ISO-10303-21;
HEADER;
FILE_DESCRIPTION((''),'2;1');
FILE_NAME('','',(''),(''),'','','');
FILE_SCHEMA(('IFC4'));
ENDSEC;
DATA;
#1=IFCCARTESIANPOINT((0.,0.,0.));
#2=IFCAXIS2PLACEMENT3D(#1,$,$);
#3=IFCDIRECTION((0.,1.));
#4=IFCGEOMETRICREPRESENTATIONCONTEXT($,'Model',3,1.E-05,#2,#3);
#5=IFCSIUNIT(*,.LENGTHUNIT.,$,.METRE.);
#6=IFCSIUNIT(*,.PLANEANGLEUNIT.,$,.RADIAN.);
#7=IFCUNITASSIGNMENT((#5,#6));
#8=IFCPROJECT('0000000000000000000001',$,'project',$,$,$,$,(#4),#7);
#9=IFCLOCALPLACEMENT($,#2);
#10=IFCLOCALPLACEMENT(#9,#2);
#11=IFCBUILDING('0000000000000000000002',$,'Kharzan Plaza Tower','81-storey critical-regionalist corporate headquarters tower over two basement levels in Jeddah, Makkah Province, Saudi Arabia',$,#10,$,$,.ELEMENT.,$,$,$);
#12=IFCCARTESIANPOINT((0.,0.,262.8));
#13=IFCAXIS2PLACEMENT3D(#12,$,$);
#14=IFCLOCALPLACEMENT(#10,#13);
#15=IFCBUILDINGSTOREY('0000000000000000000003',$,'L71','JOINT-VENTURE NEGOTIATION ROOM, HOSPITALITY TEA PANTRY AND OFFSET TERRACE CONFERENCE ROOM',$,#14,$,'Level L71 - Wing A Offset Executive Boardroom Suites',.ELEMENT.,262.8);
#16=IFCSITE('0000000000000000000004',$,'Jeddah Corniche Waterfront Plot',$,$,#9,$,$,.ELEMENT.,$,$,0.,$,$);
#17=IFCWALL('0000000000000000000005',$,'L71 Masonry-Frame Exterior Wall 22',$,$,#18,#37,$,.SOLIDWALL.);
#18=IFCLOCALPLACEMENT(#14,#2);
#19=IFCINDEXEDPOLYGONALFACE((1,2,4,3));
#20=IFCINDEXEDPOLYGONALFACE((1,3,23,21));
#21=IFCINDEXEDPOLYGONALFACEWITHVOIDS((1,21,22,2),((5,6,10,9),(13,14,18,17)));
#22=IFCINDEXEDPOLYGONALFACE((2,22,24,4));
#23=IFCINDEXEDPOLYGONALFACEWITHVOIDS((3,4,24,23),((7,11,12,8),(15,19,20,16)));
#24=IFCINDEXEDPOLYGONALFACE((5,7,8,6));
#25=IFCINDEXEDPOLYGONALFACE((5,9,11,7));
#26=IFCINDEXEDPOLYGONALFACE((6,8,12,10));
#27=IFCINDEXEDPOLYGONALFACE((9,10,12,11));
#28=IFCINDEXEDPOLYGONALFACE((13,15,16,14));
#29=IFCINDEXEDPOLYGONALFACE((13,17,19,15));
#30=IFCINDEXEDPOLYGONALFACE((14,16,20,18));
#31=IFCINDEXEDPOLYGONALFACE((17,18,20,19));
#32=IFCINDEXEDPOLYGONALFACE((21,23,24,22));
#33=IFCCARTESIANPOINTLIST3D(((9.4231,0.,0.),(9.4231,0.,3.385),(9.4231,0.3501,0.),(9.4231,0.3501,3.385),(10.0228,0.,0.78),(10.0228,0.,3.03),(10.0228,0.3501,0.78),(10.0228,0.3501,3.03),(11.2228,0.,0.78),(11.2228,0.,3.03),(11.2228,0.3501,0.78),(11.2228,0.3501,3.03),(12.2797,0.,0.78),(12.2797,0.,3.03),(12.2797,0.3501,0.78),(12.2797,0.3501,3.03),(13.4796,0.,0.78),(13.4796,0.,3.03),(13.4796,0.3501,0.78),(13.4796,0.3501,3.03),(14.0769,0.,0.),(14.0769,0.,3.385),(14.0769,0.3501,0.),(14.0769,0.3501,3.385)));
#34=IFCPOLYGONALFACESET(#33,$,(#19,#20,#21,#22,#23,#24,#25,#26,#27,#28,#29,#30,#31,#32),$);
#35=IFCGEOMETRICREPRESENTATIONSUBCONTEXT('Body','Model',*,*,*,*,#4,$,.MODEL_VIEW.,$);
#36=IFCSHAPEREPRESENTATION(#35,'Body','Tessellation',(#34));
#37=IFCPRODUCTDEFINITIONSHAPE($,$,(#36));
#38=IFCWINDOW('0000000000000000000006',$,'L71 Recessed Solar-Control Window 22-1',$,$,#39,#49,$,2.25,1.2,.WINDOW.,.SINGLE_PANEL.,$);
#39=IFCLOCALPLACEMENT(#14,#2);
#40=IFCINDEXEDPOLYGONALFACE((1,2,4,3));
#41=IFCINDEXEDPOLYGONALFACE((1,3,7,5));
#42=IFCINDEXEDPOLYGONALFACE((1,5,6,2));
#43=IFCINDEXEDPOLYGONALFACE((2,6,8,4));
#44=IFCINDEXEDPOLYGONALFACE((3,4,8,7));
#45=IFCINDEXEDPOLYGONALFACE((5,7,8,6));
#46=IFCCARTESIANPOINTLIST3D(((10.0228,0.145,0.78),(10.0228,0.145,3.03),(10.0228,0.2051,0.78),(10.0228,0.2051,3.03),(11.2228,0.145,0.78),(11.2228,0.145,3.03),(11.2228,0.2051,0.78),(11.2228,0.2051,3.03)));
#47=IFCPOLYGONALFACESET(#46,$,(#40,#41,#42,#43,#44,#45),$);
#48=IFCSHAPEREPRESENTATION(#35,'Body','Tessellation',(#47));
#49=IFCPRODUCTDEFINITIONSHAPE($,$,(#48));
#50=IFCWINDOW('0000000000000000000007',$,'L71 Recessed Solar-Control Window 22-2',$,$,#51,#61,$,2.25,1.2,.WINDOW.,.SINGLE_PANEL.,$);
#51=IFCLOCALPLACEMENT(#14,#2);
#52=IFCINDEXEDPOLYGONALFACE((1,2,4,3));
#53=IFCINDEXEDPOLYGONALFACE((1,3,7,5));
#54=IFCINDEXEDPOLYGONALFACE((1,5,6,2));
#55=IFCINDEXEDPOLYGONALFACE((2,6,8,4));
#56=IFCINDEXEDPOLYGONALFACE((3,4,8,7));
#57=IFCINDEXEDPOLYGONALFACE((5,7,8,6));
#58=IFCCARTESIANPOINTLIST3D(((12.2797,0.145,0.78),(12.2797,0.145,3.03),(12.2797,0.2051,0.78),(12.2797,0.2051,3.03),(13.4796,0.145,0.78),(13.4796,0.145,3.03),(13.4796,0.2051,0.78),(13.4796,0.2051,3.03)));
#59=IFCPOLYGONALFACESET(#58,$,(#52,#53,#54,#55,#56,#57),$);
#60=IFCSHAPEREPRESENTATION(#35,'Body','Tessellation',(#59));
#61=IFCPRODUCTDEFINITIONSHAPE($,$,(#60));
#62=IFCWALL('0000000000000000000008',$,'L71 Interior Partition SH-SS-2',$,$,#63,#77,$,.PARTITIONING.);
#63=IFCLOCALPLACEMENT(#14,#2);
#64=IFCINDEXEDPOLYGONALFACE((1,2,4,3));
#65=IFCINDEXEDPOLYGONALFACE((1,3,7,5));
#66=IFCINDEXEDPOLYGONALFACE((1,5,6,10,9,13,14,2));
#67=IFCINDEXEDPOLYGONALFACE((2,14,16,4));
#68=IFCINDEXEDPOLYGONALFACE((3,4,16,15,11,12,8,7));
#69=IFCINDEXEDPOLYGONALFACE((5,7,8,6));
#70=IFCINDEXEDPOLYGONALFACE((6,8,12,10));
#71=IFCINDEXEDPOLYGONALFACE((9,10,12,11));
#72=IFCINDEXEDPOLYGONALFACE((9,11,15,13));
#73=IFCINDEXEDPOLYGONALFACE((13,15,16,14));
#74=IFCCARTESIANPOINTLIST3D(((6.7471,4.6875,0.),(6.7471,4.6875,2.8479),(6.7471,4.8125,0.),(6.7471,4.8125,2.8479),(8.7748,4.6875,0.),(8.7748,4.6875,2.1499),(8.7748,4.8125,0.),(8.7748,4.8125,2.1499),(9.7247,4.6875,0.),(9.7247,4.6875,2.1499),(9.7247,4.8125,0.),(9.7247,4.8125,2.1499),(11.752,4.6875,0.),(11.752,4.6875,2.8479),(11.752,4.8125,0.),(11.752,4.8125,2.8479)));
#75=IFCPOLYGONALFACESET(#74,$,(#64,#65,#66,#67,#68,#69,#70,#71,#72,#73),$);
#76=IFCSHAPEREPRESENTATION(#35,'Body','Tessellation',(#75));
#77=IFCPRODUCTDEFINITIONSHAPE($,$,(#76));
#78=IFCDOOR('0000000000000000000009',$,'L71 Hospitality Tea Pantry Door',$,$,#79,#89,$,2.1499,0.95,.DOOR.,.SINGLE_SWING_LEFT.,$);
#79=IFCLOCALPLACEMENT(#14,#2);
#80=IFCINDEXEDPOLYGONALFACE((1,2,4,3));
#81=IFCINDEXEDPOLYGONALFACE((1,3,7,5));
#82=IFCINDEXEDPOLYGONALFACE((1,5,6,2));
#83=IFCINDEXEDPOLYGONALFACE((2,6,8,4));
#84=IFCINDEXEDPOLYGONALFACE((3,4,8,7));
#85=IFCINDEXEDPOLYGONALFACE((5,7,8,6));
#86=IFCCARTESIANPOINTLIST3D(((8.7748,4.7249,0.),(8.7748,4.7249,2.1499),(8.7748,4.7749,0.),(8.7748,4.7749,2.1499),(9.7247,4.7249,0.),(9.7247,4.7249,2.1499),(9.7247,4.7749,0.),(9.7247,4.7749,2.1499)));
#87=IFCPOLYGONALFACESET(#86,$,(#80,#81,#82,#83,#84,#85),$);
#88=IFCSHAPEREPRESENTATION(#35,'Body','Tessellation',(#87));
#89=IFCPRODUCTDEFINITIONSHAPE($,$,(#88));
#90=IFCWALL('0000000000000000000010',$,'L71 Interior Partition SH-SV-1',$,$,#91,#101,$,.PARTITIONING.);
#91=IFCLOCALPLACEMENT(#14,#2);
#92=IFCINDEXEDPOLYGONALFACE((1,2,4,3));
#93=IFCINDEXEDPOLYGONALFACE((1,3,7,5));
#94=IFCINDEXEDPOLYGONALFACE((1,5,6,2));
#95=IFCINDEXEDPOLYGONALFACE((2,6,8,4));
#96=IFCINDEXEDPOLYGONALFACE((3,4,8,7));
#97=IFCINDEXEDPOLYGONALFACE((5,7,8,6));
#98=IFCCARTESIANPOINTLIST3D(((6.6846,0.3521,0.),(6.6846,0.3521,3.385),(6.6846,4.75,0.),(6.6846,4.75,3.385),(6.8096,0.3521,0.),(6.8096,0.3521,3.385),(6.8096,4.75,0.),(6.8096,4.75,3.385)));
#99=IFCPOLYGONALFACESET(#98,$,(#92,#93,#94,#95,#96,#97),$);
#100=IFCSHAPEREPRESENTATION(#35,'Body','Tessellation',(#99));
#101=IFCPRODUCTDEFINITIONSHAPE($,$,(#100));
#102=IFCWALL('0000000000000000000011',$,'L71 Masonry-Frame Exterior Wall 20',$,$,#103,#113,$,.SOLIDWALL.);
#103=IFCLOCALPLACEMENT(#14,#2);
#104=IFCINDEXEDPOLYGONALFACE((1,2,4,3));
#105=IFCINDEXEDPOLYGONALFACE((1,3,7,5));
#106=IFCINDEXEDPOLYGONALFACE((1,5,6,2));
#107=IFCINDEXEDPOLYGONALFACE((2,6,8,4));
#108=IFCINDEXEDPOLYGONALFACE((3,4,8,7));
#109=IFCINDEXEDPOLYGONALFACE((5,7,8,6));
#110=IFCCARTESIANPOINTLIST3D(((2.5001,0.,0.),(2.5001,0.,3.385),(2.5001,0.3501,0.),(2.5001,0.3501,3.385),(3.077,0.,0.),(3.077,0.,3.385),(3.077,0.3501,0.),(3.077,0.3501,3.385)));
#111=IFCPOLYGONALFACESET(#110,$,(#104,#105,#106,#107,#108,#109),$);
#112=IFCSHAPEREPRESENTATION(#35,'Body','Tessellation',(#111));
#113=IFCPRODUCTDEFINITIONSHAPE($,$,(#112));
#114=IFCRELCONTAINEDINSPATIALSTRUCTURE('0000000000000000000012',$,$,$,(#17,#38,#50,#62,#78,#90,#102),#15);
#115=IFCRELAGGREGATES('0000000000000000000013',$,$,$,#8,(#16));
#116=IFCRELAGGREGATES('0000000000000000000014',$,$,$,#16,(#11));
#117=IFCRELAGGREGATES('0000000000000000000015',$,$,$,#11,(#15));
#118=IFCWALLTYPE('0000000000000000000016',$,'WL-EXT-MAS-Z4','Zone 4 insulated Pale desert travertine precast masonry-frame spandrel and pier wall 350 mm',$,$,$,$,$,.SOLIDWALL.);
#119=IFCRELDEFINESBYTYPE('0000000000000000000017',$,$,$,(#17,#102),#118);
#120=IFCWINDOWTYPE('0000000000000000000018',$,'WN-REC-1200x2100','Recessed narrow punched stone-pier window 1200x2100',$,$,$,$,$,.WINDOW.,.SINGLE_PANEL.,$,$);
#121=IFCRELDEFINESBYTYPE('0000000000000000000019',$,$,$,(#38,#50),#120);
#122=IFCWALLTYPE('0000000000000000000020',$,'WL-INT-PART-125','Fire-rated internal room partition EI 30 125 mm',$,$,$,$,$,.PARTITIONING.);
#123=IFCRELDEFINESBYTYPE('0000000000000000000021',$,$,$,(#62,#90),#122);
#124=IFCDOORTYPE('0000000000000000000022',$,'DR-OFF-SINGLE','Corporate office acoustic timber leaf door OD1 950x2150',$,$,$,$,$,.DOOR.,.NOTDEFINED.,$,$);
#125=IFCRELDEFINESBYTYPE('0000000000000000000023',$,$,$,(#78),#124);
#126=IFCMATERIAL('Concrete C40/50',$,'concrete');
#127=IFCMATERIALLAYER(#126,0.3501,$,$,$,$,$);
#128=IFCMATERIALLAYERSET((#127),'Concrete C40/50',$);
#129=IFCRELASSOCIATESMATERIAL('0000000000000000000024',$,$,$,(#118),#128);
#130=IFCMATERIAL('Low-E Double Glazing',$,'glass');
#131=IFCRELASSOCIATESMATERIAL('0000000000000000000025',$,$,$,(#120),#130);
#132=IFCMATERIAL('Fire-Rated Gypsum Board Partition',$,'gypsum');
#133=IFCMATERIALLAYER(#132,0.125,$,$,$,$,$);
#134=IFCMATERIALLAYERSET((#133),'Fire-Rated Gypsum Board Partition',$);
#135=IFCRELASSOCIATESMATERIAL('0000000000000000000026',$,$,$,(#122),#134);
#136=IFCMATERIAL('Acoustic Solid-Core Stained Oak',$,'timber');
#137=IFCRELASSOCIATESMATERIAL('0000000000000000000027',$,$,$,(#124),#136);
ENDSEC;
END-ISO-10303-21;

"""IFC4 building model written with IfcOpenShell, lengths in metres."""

from ifc_helpers import new_model, si_unit, direction, frame, frame_2d, origin, place, context, subcontext, project, spatial, rectangle, extrude, source, transform, mapped, material, layer, layer_set, type_object, element, fill, save


model = new_model("IFC4")

# Units and contexts
model_context = context("Model", 3, precision=1e-05, world=origin(), true_north=direction((0.0, 1.0)))
body_context = subcontext(model_context, "Body", "Model", "MODEL_VIEW")
ifc_project = project(units=[si_unit("LENGTHUNIT", "METRE"), si_unit("PLANEANGLEUNIT", "RADIAN")], contexts=[model_context])

# Site, building, storey
site_placement = place(None, origin())
site = spatial("IfcSite", under=ifc_project, at=site_placement, Name="Jeddah Corniche Waterfront Plot", CompositionType="ELEMENT", RefElevation=0.0)
building_placement = place(site_placement, origin())
building = spatial("IfcBuilding", under=site, at=building_placement, Name="Kharzan Plaza Tower", Description="81-storey critical-regionalist corporate headquarters tower over two basement levels in Jeddah, Makkah Province, Saudi Arabia", CompositionType="ELEMENT")
storey_placement = place(building_placement, frame((0.0, 0.0, 262.8)))
storey = spatial("IfcBuildingStorey", under=building, at=storey_placement, Name="L71", Description="JOINT-VENTURE NEGOTIATION ROOM, HOSPITALITY TEA PANTRY AND OFFSET TERRACE CONFERENCE ROOM", LongName="Level L71 - Wing A Offset Executive Boardroom Suites", CompositionType="ELEMENT", Elevation=262.8)

# Shared definitions
ifc_material_1 = material(Name="Concrete C40/50", Category="concrete")
ifc_layer_1 = layer(ifc_material_1, 0.3501)
ifc_layer_set_1 = layer_set([ifc_layer_1], Name="Concrete C40/50")
wall_type_1 = type_object("IfcWallType", Name="WL-EXT-MAS-Z4", Description="Zone 4 insulated Pale desert travertine precast masonry-frame spandrel and pier wall 350 mm", PredefinedType="SOLIDWALL", material=ifc_layer_set_1)
ifc_material_2 = material(Name="Low-E Double Glazing", Category="glass")
window_type = type_object("IfcWindowType", Name="WN-REC-1200x2100", Description="Recessed narrow punched stone-pier window 1200x2100", PartitioningType="SINGLE_PANEL", PredefinedType="WINDOW", material=ifc_material_2)
shared_shape_1 = source(origin(), body_context, "Body", "SweptSolid", [
    extrude(rectangle(XDim=1.2, YDim=2.25, at=frame_2d((0.6001, 1.125))), frame((0.0, 0.03, 0.0), z_axis=(0.0, -1.0, 0.0), x_axis=(1.0, 0.0, 0.0)), (0.0, 0.0, 1.0), 0.0601),
])

# Wall, openings, windows
wall_1_placement = place(storey_placement, frame((9.4231, 0.175, 0.0), z_axis=(0.0, 0.0, 1.0), x_axis=(1.0, 0.0, 0.0)))
wall_1 = element("IfcWall", 1, at=wall_1_placement, inside=storey, type_object=wall_type_1, Name="L71 Masonry-Frame Exterior Wall 22", PredefinedType="SOLIDWALL", context=body_context, shape_type="SweptSolid", body=[
    extrude(rectangle(XDim=4.6538, YDim=0.3501, at=frame_2d((2.3269, 0.0))), origin(), (0.0, 0.0, 1.0), 3.385),
])
opening_1_placement = place(wall_1_placement, frame((0.5996, 0.0, 0.78)))
opening_1 = element("IfcOpeningElement", 2, at=opening_1_placement, cuts=wall_1, PredefinedType="OPENING", context=body_context, shape_type="SweptSolid", body=[
    extrude(rectangle(XDim=1.2, YDim=2.25, at=frame_2d((0.6001, 1.125))), frame((0.0, 0.1851, 0.0), z_axis=(0.0, -1.0, 0.0), x_axis=(1.0, 0.0, 0.0)), (0.0, 0.0, 1.0), 0.3701),
])
opening_2_placement = place(wall_1_placement, frame((2.8564, 0.0, 0.78)))
opening_2 = element("IfcOpeningElement", 3, at=opening_2_placement, cuts=wall_1, PredefinedType="OPENING", context=body_context, shape_type="SweptSolid", body=[
    extrude(rectangle(XDim=1.2, YDim=2.25, at=frame_2d((0.6001, 1.125))), frame((0.0, 0.1851, 0.0), z_axis=(0.0, -1.0, 0.0), x_axis=(1.0, 0.0, 0.0)), (0.0, 0.0, 1.0), 0.3701),
])
window_1_placement = place(opening_1_placement, origin())
window_1 = element("IfcWindow", 4, at=window_1_placement, inside=storey, type_object=window_type, Name="L71 Recessed Solar-Control Window 22-1", OverallHeight=2.25, OverallWidth=1.2, PartitioningType="SINGLE_PANEL", PredefinedType="WINDOW", context=body_context, shape_type="MappedRepresentation", body=[
    mapped(shared_shape_1, transform((0.0, 0.0, 0.0), x_axis=(1.0, 0.0, 0.0), y_axis=(0.0, 1.0, 0.0), z_axis=(0.0, 0.0, 1.0))),
])
fill(opening_1, window_1)
window_2_placement = place(opening_2_placement, origin())
window_2 = element("IfcWindow", 5, at=window_2_placement, inside=storey, type_object=window_type, Name="L71 Recessed Solar-Control Window 22-2", OverallHeight=2.25, OverallWidth=1.2, PartitioningType="SINGLE_PANEL", PredefinedType="WINDOW", context=body_context, shape_type="MappedRepresentation", body=[
    mapped(shared_shape_1, transform((0.0, 0.0, 0.0), x_axis=(1.0, 0.0, 0.0), y_axis=(0.0, 1.0, 0.0), z_axis=(0.0, 0.0, 1.0))),
])
fill(opening_2, window_2)

# Wall, opening, door
ifc_material_3 = material(Name="Fire-Rated Gypsum Board Partition", Category="gypsum")
ifc_layer_2 = layer(ifc_material_3, 0.125)
ifc_layer_set_2 = layer_set([ifc_layer_2], Name="Fire-Rated Gypsum Board Partition")
wall_type_2 = type_object("IfcWallType", Name="WL-INT-PART-125", Description="Fire-rated internal room partition EI 30 125 mm", PredefinedType="PARTITIONING", material=ifc_layer_set_2)
ifc_material_4 = material(Name="Acoustic Solid-Core Stained Oak", Category="timber")
door_type = type_object("IfcDoorType", Name="DR-OFF-SINGLE", Description="Corporate office acoustic timber leaf door OD1 950x2150", OperationType="NOTDEFINED", PredefinedType="DOOR", material=ifc_material_4)
shared_shape_2 = source(origin(), body_context, "Body", "SweptSolid", [
    extrude(rectangle(XDim=0.95, YDim=2.1499, at=frame_2d((0.4751, 1.075))), frame((0.0, 0.0249, 0.0), z_axis=(0.0, -1.0, 0.0), x_axis=(1.0, 0.0, 0.0)), (0.0, 0.0, 1.0), 0.05),
])
wall_2_placement = place(storey_placement, frame((6.7471, 4.75, 0.0), z_axis=(0.0, 0.0, 1.0), x_axis=(1.0, 0.0, 0.0)))
wall_2 = element("IfcWall", 6, at=wall_2_placement, inside=storey, type_object=wall_type_2, Name="L71 Interior Partition SH-SS-2", PredefinedType="PARTITIONING", context=body_context, shape_type="SweptSolid", body=[
    extrude(rectangle(XDim=5.0049, YDim=0.125, at=frame_2d((2.5024, 0.0))), origin(), (0.0, 0.0, 1.0), 2.8479),
])
opening_3_placement = place(wall_2_placement, frame((2.0276, 0.0, 0.0)))
opening_3 = element("IfcOpeningElement", 7, at=opening_3_placement, cuts=wall_2, PredefinedType="OPENING", context=body_context, shape_type="SweptSolid", body=[
    extrude(rectangle(XDim=0.95, YDim=2.1499, at=frame_2d((0.4751, 1.075))), frame((0.0, 0.0725, 0.0), z_axis=(0.0, -1.0, 0.0), x_axis=(1.0, 0.0, 0.0)), (0.0, 0.0, 1.0), 0.145),
])
door_1_placement = place(opening_3_placement, origin())
door_1 = element("IfcDoor", 8, at=door_1_placement, inside=storey, type_object=door_type, Name="L71 Hospitality Tea Pantry Door", OperationType="SINGLE_SWING_LEFT", OverallHeight=2.1499, OverallWidth=0.95, PredefinedType="DOOR", context=body_context, shape_type="MappedRepresentation", body=[
    mapped(shared_shape_2, transform((0.0, 0.0, 0.0), x_axis=(1.0, 0.0, 0.0), y_axis=(0.0, 1.0, 0.0), z_axis=(0.0, 0.0, 1.0))),
])
fill(opening_3, door_1)

# Walls
shared_shape_3 = source(origin(), body_context, "Body", "SweptSolid", [
    extrude(rectangle(XDim=4.3979, YDim=0.125, at=frame_2d((2.199, 0.0))), origin(), (0.0, 0.0, 1.0), 3.385),
])
wall_3_placement = place(storey_placement, frame((6.7471, 0.3521, 0.0), z_axis=(0.0, 0.0, 1.0), x_axis=(0.0, 1.0, 0.0)))
element("IfcWall", 9, at=wall_3_placement, inside=storey, type_object=wall_type_2, Name="L71 Interior Partition SH-SV-1", PredefinedType="PARTITIONING", context=body_context, shape_type="MappedRepresentation", body=[
    mapped(shared_shape_3, transform((0.0, 0.0, 0.0), x_axis=(1.0, 0.0, 0.0), y_axis=(0.0, 1.0, 0.0), z_axis=(0.0, 0.0, 1.0))),
])
shared_shape_4 = source(origin(), body_context, "Body", "SweptSolid", [
    extrude(rectangle(XDim=0.5769, YDim=0.3501, at=frame_2d((0.2886, 0.0))), origin(), (0.0, 0.0, 1.0), 3.385),
])
wall_4_placement = place(storey_placement, frame((2.5, 0.175, 0.0), z_axis=(0.0, 0.0, 1.0), x_axis=(1.0, 0.0, 0.0)))
element("IfcWall", 10, at=wall_4_placement, inside=storey, type_object=wall_type_1, Name="L71 Masonry-Frame Exterior Wall 20", PredefinedType="SOLIDWALL", context=body_context, shape_type="MappedRepresentation", body=[
    mapped(shared_shape_4, transform((0.0, 0.0, 0.0), x_axis=(1.0, 0.0, 0.0), y_axis=(0.0, 1.0, 0.0), z_axis=(0.0, 0.0, 1.0))),
])

save(model, "model.ifc")
